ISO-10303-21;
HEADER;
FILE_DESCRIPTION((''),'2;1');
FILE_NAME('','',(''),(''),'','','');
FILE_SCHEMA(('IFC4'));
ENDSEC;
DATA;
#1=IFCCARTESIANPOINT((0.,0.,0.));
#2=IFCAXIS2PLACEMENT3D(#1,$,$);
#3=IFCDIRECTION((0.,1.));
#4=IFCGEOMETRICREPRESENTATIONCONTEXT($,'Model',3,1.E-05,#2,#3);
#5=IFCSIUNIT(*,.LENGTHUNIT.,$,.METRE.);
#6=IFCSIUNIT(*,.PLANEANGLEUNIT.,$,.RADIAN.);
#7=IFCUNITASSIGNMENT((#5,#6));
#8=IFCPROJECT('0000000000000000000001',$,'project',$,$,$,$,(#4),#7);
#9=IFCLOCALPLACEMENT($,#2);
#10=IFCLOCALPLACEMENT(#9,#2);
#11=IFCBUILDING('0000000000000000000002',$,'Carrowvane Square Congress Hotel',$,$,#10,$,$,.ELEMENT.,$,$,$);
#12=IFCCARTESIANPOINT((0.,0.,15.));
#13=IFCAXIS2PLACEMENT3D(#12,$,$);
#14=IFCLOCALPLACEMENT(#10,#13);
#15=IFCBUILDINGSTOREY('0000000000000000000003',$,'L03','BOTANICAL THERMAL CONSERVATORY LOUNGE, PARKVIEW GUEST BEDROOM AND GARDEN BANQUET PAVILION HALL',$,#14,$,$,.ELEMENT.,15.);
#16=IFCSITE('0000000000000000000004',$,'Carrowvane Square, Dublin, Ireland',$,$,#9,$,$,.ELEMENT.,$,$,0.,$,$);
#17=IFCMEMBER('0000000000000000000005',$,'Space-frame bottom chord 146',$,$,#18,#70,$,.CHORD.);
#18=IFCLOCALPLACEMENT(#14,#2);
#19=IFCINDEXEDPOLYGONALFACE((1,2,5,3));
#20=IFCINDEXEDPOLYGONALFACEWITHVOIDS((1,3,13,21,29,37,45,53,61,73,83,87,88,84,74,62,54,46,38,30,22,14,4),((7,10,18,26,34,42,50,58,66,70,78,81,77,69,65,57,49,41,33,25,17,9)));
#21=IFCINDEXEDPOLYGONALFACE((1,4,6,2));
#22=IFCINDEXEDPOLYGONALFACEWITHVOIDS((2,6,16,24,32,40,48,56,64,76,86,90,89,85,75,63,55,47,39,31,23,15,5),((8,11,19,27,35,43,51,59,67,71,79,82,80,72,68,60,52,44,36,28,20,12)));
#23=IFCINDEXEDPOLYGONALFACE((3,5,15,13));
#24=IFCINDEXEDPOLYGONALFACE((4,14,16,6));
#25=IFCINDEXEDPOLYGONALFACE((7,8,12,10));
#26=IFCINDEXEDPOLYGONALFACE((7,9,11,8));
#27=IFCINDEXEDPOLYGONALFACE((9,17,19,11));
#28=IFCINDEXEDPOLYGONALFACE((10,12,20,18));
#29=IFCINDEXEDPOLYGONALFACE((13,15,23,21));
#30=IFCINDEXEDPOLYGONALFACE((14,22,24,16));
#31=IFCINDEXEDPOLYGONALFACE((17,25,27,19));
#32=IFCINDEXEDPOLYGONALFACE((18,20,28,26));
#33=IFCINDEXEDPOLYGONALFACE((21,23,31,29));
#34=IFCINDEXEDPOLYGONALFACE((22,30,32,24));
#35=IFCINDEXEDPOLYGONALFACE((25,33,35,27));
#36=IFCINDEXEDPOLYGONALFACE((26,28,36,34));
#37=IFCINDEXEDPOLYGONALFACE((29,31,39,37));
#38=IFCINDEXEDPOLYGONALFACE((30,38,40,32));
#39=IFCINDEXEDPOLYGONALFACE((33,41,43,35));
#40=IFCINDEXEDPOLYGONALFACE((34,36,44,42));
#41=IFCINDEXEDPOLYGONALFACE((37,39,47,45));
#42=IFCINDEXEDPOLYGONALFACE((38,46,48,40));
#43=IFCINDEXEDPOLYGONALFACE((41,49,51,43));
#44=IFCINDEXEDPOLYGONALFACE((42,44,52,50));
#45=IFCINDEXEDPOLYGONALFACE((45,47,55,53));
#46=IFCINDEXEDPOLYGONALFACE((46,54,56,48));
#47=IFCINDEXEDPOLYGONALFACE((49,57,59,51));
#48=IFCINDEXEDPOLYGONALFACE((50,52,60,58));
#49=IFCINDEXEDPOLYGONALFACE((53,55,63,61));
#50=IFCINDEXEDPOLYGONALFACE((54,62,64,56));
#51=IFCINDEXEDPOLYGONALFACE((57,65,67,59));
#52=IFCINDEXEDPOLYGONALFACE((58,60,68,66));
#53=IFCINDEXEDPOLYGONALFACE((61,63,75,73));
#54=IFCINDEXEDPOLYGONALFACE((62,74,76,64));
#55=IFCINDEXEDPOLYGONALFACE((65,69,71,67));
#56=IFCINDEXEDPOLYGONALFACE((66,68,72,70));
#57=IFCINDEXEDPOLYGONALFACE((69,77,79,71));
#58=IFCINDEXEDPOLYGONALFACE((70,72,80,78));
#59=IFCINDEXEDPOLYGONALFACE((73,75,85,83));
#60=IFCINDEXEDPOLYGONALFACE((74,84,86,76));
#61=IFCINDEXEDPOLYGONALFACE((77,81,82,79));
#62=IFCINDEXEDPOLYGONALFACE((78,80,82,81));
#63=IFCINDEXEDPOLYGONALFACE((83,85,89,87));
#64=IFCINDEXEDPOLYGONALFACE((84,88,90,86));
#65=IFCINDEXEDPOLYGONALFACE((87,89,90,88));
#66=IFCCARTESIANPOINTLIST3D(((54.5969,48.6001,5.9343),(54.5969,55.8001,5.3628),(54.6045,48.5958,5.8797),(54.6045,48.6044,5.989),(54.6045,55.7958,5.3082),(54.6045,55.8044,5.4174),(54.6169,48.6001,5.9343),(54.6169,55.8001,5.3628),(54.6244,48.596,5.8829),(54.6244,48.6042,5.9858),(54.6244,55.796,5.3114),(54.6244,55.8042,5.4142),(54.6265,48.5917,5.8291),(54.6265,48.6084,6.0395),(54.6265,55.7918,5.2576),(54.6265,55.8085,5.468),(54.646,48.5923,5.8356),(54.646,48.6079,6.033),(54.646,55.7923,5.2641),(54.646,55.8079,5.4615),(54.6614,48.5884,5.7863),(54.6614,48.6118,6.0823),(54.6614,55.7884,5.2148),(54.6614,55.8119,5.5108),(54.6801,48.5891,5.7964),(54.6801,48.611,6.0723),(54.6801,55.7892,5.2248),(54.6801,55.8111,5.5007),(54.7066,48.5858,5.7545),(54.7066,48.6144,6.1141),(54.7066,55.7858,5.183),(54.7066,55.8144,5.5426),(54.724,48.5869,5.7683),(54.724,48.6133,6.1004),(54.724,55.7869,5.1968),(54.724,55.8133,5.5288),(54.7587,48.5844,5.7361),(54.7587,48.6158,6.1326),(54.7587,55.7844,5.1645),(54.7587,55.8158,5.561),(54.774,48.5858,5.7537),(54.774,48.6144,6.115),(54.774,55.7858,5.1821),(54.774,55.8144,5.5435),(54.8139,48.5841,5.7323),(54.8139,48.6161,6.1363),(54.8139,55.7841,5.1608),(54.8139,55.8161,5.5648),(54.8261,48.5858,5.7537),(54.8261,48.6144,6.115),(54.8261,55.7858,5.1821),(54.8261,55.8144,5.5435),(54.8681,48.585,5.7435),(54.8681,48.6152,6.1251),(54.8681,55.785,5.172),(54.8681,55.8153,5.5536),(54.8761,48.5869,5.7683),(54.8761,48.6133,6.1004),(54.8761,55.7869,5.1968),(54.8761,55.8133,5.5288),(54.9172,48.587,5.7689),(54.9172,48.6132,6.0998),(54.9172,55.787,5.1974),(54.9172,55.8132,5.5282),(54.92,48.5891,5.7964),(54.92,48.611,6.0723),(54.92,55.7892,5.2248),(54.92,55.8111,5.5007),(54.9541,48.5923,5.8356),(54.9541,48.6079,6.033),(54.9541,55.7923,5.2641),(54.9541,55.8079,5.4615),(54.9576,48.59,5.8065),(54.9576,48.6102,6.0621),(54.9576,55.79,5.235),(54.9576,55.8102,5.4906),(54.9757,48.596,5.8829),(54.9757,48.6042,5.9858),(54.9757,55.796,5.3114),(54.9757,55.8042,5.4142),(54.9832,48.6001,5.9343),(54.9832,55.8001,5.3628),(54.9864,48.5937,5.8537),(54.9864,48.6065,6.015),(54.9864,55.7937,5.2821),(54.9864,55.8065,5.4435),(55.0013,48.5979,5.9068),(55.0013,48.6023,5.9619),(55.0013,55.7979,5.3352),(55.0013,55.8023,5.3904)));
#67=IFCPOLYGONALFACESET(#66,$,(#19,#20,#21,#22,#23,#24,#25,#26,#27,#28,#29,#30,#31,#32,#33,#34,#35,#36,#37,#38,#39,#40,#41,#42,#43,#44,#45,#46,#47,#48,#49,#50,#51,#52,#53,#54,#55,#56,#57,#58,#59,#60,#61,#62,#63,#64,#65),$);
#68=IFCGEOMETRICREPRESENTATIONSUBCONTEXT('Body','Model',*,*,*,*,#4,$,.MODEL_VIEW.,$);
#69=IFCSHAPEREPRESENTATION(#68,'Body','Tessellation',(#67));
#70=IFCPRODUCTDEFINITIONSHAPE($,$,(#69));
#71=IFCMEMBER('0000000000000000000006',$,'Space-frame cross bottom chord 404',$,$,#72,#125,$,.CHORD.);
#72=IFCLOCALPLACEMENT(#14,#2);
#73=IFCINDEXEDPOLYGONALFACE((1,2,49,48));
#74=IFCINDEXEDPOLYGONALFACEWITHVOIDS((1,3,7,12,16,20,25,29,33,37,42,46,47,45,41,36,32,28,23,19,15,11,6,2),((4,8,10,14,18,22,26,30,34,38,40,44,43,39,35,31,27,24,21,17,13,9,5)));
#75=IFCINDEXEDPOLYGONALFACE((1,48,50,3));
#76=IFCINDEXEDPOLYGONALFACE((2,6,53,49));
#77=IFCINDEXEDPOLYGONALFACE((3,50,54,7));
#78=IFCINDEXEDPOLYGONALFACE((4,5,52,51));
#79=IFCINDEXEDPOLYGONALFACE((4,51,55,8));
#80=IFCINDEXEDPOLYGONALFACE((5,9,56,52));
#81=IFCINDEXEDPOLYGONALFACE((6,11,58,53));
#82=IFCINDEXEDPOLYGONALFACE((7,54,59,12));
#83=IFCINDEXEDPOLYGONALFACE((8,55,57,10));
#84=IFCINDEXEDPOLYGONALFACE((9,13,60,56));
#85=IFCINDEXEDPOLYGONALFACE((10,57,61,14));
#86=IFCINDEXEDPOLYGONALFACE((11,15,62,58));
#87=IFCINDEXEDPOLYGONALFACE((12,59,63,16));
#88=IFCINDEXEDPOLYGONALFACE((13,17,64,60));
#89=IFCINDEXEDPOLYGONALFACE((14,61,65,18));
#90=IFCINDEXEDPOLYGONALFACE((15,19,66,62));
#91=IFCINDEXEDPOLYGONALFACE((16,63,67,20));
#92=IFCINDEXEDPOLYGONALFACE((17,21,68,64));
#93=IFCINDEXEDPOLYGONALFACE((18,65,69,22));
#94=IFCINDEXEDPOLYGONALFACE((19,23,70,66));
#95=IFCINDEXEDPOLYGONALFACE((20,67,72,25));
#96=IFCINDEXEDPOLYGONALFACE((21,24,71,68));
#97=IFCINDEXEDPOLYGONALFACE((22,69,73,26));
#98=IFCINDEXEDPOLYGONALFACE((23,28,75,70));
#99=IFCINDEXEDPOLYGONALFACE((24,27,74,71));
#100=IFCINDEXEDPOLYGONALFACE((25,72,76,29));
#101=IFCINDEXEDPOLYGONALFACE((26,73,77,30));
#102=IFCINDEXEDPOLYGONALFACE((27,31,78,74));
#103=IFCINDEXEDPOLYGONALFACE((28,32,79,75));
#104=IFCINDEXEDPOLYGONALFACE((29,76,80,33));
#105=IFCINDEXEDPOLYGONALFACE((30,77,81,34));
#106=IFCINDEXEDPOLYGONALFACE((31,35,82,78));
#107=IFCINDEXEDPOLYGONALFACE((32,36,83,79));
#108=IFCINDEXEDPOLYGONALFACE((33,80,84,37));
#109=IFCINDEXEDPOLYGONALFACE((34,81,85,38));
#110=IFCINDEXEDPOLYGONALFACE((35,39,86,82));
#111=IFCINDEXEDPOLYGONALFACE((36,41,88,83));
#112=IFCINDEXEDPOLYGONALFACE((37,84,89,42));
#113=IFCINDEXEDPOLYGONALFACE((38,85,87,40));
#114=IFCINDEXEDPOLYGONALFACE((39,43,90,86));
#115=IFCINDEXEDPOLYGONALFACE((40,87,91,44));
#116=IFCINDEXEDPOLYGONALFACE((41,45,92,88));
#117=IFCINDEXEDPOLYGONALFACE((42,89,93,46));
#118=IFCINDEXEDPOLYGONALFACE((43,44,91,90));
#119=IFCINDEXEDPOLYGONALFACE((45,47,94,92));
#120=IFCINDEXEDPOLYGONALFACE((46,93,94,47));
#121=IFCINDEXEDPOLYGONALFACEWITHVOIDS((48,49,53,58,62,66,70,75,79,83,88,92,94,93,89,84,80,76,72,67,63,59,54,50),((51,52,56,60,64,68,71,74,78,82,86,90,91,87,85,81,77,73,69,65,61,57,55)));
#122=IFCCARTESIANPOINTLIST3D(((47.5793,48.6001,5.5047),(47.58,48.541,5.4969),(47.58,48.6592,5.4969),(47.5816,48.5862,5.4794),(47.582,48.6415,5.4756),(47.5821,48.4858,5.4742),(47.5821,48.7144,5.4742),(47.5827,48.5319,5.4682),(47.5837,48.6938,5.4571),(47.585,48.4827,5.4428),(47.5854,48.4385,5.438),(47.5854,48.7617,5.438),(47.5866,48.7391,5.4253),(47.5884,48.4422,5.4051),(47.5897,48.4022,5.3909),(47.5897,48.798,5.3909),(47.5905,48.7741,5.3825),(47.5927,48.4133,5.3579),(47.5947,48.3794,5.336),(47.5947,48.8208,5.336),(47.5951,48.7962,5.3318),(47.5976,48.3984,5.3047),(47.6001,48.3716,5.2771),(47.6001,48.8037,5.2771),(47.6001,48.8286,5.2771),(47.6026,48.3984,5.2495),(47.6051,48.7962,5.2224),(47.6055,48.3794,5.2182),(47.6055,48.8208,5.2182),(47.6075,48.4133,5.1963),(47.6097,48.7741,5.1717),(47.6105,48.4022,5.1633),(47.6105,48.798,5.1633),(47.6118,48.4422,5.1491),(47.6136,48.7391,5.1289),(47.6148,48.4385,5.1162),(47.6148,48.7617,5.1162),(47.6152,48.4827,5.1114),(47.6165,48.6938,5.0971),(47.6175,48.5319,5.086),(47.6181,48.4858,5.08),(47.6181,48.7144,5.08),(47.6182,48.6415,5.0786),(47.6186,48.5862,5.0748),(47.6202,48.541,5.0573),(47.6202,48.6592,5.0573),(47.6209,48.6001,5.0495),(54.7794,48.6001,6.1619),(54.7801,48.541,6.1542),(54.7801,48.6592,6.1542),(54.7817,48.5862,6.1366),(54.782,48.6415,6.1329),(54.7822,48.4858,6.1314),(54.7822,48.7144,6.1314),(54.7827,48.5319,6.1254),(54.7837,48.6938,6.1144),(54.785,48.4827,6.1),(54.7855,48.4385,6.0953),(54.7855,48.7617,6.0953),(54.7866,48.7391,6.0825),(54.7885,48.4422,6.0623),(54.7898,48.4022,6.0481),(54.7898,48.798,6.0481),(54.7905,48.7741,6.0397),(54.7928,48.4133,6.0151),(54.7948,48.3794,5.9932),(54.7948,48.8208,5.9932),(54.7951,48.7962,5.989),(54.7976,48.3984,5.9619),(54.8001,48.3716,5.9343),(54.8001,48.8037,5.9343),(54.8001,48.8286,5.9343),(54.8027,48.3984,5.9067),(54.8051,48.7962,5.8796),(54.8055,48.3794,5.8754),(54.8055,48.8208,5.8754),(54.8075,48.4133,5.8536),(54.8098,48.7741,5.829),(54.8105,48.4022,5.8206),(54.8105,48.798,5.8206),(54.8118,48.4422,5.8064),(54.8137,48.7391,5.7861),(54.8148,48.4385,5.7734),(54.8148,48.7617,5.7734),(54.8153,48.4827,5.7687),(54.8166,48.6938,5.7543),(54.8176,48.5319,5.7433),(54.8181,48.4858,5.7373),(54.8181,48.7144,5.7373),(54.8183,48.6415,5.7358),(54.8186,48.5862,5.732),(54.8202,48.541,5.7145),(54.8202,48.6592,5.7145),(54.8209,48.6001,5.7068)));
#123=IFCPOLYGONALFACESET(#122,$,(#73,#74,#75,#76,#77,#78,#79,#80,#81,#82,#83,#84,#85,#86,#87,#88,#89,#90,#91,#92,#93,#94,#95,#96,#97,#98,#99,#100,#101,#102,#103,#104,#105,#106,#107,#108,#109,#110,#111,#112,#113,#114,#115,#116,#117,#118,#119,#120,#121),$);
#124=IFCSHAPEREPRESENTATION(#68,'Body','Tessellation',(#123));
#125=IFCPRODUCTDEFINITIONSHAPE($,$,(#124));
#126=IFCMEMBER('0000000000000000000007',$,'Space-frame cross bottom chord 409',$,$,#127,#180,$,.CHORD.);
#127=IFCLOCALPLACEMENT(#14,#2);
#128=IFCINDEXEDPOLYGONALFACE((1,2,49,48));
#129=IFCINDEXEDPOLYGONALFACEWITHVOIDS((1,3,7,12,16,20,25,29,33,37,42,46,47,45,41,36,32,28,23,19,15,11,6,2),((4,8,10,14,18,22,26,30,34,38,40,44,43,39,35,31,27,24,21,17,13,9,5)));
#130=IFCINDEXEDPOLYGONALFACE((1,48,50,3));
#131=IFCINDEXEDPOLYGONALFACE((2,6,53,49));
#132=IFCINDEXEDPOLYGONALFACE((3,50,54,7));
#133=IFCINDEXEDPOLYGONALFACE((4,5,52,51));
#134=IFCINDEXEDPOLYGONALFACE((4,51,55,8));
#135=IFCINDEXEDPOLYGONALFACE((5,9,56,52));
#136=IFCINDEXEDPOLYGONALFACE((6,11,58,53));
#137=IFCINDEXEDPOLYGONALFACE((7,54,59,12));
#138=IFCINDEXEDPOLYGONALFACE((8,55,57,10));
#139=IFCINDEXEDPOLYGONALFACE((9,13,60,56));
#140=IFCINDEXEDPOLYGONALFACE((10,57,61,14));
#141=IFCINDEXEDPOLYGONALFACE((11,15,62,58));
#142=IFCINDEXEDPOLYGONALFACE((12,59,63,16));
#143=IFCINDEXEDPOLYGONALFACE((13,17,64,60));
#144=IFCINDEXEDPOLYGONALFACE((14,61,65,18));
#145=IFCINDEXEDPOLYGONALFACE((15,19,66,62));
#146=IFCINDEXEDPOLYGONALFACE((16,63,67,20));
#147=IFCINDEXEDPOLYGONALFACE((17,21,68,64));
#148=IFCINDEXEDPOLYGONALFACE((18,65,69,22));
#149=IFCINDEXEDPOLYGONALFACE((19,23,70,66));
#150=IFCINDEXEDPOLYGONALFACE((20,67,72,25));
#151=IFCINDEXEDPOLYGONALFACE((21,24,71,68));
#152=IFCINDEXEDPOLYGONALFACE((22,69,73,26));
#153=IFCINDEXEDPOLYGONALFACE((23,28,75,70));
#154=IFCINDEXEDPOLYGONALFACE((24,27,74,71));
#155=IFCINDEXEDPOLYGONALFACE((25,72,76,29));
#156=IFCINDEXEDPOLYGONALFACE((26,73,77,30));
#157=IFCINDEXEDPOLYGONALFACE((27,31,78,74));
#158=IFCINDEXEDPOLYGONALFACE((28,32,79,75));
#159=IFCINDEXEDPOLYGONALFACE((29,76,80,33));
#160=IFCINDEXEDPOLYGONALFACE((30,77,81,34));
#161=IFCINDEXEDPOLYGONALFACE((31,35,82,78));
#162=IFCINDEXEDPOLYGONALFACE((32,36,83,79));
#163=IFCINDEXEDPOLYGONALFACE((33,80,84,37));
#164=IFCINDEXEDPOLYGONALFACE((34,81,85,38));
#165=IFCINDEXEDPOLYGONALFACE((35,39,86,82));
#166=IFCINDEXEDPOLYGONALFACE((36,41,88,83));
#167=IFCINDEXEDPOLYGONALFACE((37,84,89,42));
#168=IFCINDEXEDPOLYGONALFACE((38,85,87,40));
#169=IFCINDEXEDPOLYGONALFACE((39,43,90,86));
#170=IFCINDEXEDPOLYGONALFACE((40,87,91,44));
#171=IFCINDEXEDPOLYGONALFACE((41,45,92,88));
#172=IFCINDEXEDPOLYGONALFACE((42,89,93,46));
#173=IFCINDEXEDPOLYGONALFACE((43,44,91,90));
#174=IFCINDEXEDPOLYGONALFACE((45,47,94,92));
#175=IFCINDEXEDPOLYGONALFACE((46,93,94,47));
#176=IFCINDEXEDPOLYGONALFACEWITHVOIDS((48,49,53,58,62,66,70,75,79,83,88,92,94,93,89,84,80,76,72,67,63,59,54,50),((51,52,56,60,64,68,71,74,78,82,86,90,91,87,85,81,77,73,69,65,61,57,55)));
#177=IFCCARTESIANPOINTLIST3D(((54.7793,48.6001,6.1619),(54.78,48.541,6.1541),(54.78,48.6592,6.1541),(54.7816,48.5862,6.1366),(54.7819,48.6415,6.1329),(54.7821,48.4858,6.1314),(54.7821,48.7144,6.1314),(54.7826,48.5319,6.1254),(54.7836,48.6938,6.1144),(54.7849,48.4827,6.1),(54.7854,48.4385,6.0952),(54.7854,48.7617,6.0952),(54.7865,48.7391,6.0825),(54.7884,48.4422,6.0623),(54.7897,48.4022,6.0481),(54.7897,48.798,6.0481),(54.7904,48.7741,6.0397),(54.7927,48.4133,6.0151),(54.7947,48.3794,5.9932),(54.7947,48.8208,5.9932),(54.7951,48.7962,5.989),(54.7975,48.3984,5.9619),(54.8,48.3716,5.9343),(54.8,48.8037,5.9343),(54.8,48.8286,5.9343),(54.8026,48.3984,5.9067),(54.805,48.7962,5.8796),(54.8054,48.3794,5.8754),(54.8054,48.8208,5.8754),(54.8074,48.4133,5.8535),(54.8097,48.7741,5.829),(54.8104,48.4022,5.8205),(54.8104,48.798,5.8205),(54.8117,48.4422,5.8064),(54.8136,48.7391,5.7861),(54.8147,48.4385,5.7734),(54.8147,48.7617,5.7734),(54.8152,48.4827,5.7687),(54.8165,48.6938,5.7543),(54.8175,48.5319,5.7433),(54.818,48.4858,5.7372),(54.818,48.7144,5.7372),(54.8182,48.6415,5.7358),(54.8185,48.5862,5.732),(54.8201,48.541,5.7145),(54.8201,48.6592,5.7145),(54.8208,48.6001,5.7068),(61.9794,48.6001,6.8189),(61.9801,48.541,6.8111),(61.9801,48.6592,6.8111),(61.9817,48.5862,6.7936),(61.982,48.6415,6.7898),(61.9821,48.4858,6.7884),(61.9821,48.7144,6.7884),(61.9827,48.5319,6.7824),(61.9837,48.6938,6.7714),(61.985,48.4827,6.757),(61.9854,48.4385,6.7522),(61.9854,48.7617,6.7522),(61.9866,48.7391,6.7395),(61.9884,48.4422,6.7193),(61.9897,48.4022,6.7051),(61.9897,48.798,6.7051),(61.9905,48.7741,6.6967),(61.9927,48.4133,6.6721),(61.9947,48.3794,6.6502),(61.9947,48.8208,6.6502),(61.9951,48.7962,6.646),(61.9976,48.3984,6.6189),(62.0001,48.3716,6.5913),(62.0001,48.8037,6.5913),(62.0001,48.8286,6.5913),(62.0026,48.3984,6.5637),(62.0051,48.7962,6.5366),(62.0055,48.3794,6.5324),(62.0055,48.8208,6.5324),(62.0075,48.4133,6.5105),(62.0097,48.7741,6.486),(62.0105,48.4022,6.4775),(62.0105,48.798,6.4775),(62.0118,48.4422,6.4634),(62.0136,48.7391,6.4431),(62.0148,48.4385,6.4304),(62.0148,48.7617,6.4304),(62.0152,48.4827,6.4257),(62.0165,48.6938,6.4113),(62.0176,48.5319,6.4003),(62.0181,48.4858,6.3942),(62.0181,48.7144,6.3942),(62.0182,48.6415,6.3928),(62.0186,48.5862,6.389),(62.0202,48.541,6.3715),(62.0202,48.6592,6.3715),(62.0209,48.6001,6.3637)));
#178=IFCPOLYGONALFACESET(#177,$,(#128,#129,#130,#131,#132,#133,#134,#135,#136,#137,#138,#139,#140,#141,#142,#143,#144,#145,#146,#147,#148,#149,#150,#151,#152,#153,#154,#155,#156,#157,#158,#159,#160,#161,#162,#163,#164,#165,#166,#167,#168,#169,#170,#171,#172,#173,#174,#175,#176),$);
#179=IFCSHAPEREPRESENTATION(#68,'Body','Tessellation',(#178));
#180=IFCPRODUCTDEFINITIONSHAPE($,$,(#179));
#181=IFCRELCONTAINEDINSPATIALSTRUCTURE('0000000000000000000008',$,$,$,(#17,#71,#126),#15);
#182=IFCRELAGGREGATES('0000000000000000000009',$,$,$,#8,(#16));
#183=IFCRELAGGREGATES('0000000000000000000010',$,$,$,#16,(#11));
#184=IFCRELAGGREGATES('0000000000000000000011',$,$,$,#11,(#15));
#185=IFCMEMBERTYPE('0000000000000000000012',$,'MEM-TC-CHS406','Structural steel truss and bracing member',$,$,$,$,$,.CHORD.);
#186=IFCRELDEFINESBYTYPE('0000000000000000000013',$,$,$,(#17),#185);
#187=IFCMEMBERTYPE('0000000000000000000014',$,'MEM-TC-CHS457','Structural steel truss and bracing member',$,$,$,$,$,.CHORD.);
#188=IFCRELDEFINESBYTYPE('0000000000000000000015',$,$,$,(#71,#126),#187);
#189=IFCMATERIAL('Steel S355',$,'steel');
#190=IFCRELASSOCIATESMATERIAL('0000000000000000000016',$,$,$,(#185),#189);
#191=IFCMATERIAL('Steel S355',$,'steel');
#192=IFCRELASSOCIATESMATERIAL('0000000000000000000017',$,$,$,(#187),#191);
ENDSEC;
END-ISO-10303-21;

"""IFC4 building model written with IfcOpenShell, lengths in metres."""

from ifc_helpers import new_model, si_unit, direction, frame, origin, origin_2d, place, context, subcontext, project, spatial, hollow_circle, extrude, material, material_profile, profile_set, type_object, element, save


model = new_model("IFC4")

# Units and contexts
model_context = context("Model", 3, precision=1e-05, world=origin(), true_north=direction((0.0, 1.0)))
body_context = subcontext(model_context, "Body", "Model", "MODEL_VIEW")
ifc_project = project(units=[si_unit("LENGTHUNIT", "METRE"), si_unit("PLANEANGLEUNIT", "RADIAN")], contexts=[model_context])

# Site, building, storey
site_placement = place(None, origin())
site = spatial("IfcSite", under=ifc_project, at=site_placement, Name="Carrowvane Square, Dublin, Ireland", CompositionType="ELEMENT", RefElevation=0.0)
building_placement = place(site_placement, origin())
building = spatial("IfcBuilding", under=site, at=building_placement, Name="Carrowvane Square Congress Hotel", CompositionType="ELEMENT")
storey_placement = place(building_placement, frame((0.0, 0.0, 15.0)))
storey = spatial("IfcBuildingStorey", under=building, at=storey_placement, Name="L03", Description="BOTANICAL THERMAL CONSERVATORY LOUNGE, PARKVIEW GUEST BEDROOM AND GARDEN BANQUET PAVILION HALL", CompositionType="ELEMENT", Elevation=15.0)

# Members
ifc_material_1 = material(Name="Steel S355", Category="steel")
ifc_material_profile_1 = material_profile(ifc_material_1, hollow_circle(Radius=0.2031, WallThickness=0.02, at=origin_2d()), Name="CHS 406.4x20")
ifc_profile_set_1 = profile_set([ifc_material_profile_1], Name="Steel S355")
member_type_1 = type_object("IfcMemberType", Name="MEM-TC-CHS406", Description="Structural steel truss and bracing member", PredefinedType="CHORD", material=ifc_profile_set_1)
for number, where, z_axis, x_axis, name in (
    (1, (54.8, 48.6001, 5.9343), (0.0, 0.996864, -0.079131), (-1.0, 0.0, 0.0), "Space-frame bottom chord 146"),
):
    element("IfcMember", number, at=place(storey_placement, frame(where, z_axis=z_axis, x_axis=x_axis)), inside=storey, type_object=member_type_1, Name=name, PredefinedType="CHORD", context=body_context, shape_type="SweptSolid", body=[
        extrude(hollow_circle(Radius=0.2031, WallThickness=0.02, at=origin_2d()), origin(), (0.0, 0.0, 1.0), 7.2227),
    ])
ifc_material_2 = material(Name="Steel S355", Category="steel")
ifc_material_profile_2 = material_profile(ifc_material_2, hollow_circle(Radius=0.2285, WallThickness=0.0249, at=origin_2d()), Name="CHS 457.0x25")
ifc_profile_set_2 = profile_set([ifc_material_profile_2], Name="Steel S355")
member_type_2 = type_object("IfcMemberType", Name="MEM-TC-CHS457", Description="Structural steel truss and bracing member", PredefinedType="CHORD", material=ifc_profile_set_2)
for number, where, z_axis, x_axis, name in (
    (2, (47.6001, 48.6001, 5.2771), (0.99586, 0.0, 0.090904), (0.0, 1.0, 0.0), "Space-frame cross bottom chord 404"),
    (3, (54.8, 48.6001, 5.9343), (0.995863, 0.0, 0.090871), (0.0, 1.0, 0.0), "Space-frame cross bottom chord 409"),
):
    element("IfcMember", number, at=place(storey_placement, frame(where, z_axis=z_axis, x_axis=x_axis)), inside=storey, type_object=member_type_2, Name=name, PredefinedType="CHORD", context=body_context, shape_type="SweptSolid", body=[
        extrude(hollow_circle(Radius=0.2285, WallThickness=0.0249, at=origin_2d()), origin(), (0.0, 0.0, 1.0), 7.23),
    ])

save(model, "model.ifc")
